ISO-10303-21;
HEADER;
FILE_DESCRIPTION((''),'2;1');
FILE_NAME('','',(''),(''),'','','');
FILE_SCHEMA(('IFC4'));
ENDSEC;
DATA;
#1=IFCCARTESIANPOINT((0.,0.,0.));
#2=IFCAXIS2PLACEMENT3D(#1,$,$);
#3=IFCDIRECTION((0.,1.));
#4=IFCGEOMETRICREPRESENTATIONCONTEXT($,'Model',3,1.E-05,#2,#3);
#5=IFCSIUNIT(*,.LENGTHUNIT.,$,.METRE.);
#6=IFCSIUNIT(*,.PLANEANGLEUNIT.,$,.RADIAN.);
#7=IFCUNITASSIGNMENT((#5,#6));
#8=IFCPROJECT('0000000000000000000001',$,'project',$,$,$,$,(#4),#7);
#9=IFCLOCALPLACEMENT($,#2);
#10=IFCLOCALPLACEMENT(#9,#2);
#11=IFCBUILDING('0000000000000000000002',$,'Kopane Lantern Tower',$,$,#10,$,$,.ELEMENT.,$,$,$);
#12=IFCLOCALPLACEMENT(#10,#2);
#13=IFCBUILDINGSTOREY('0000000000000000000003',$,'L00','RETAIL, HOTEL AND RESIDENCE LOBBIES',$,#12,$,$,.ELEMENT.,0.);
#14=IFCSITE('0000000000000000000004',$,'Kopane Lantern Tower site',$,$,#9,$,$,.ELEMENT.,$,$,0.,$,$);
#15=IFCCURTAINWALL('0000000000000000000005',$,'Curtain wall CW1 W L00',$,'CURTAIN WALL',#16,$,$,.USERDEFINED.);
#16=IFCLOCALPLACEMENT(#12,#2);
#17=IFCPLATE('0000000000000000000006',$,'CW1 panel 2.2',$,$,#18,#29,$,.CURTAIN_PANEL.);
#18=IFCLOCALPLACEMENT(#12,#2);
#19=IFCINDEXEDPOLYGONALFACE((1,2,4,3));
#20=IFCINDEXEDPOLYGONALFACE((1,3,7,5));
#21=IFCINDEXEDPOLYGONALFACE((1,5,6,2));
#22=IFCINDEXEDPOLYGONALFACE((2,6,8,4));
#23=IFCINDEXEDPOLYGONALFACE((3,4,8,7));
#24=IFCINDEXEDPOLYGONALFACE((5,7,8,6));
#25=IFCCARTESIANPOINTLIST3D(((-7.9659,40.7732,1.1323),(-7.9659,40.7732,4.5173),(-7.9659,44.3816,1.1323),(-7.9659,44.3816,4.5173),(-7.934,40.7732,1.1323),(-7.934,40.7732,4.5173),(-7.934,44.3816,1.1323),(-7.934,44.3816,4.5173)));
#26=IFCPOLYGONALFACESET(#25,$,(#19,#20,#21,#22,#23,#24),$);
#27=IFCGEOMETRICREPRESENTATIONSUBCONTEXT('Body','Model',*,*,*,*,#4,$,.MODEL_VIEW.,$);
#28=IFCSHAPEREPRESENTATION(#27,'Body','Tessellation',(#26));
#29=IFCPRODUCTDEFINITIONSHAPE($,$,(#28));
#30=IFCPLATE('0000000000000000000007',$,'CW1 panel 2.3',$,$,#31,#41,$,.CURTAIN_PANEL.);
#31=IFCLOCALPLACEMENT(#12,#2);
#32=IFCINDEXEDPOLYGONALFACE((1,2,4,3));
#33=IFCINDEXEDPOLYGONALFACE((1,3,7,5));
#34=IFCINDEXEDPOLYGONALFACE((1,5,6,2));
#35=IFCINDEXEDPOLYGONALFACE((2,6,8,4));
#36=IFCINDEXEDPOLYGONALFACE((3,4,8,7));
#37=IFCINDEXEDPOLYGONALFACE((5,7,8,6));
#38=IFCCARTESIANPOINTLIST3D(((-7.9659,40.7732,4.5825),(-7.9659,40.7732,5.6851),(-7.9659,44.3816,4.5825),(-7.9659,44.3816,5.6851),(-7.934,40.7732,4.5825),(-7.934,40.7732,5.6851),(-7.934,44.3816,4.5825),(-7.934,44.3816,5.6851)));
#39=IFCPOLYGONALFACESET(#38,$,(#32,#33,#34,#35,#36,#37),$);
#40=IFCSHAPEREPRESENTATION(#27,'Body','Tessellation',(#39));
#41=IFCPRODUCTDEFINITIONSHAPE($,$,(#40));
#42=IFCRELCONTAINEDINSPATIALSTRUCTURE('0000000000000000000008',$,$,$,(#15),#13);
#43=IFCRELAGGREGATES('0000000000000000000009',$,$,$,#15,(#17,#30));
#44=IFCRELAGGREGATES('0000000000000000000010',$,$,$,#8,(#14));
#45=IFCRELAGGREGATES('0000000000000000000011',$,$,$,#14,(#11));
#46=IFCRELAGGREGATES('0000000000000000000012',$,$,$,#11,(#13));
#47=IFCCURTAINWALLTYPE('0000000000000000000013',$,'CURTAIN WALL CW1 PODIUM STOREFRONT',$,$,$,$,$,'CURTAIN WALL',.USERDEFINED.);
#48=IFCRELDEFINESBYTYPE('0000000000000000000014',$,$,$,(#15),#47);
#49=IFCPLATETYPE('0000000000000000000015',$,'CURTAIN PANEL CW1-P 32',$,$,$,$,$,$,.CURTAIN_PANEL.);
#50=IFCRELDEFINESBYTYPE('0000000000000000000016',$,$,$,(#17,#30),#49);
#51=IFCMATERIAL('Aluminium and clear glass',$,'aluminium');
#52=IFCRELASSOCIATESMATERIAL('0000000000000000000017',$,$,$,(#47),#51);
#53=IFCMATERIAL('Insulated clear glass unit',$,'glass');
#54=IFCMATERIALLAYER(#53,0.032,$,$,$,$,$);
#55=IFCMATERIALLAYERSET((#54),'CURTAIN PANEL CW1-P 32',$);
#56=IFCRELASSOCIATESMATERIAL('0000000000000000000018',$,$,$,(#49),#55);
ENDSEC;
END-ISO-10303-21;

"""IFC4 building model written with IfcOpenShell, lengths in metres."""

from ifc_helpers import new_model, si_unit, direction, frame, origin, origin_2d, place, context, subcontext, project, spatial, rectangle, extrude, material, layer, layer_set, type_object, element, aggregate, save


model = new_model("IFC4")

# Units and contexts
model_context = context("Model", 3, precision=1e-05, world=origin(), true_north=direction((0.0, 1.0)))
body_context = subcontext(model_context, "Body", "Model", "MODEL_VIEW")
ifc_project = project(units=[si_unit("LENGTHUNIT", "METRE"), si_unit("PLANEANGLEUNIT", "RADIAN")], contexts=[model_context])

# Site, building, storey
site_placement = place(None, origin())
site = spatial("IfcSite", under=ifc_project, at=site_placement, Name="Kopane Lantern Tower site", CompositionType="ELEMENT", RefElevation=0.0)
building_placement = place(site_placement, origin())
building = spatial("IfcBuilding", under=site, at=building_placement, Name="Kopane Lantern Tower", CompositionType="ELEMENT")
storey_placement = place(building_placement, origin())
storey = spatial("IfcBuildingStorey", under=building, at=storey_placement, Name="L00", Description="RETAIL, HOTEL AND RESIDENCE LOBBIES", CompositionType="ELEMENT", Elevation=0.0)

# Curtain wall, plates
ifc_material_1 = material(Name="Aluminium and clear glass", Category="aluminium")
curtain_wall_type = type_object("IfcCurtainWallType", Name="CURTAIN WALL CW1 PODIUM STOREFRONT", ElementType="CURTAIN WALL", PredefinedType="USERDEFINED", material=ifc_material_1)
curtain_wall_placement = place(storey_placement, origin())
curtain_wall = element("IfcCurtainWall", 1, at=curtain_wall_placement, inside=storey, type_object=curtain_wall_type, Name="Curtain wall CW1 W L00", ObjectType="CURTAIN WALL", PredefinedType="USERDEFINED")
ifc_material_2 = material(Name="Insulated clear glass unit", Category="glass")
ifc_layer = layer(ifc_material_2, 0.032)
ifc_layer_set = layer_set([ifc_layer], Name="CURTAIN PANEL CW1-P 32")
plate_type = type_object("IfcPlateType", Name="CURTAIN PANEL CW1-P 32", PredefinedType="CURTAIN_PANEL", material=ifc_layer_set)
plate_1_placement = place(storey_placement, frame((-7.95, 42.5774, 1.1323), z_axis=(0.0, 0.0, 1.0), x_axis=(0.0, -1.0, 0.0)))
plate_1 = element("IfcPlate", 2, at=plate_1_placement, type_object=plate_type, Name="CW1 panel 2.2", PredefinedType="CURTAIN_PANEL", context=body_context, shape_type="SweptSolid", body=[
    extrude(rectangle(XDim=3.6084, YDim=0.032, at=origin_2d()), origin(), (0.0, 0.0, 1.0), 3.385),
])
plate_2_placement = place(storey_placement, frame((-7.95, 42.5774, 4.5825), z_axis=(0.0, 0.0, 1.0), x_axis=(0.0, -1.0, 0.0)))
plate_2 = element("IfcPlate", 3, at=plate_2_placement, type_object=plate_type, Name="CW1 panel 2.3", PredefinedType="CURTAIN_PANEL", context=body_context, shape_type="SweptSolid", body=[
    extrude(rectangle(XDim=3.6084, YDim=0.032, at=origin_2d()), origin(), (0.0, 0.0, 1.0), 1.1025),
])
aggregate(curtain_wall, [plate_1, plate_2])

save(model, "model.ifc")
